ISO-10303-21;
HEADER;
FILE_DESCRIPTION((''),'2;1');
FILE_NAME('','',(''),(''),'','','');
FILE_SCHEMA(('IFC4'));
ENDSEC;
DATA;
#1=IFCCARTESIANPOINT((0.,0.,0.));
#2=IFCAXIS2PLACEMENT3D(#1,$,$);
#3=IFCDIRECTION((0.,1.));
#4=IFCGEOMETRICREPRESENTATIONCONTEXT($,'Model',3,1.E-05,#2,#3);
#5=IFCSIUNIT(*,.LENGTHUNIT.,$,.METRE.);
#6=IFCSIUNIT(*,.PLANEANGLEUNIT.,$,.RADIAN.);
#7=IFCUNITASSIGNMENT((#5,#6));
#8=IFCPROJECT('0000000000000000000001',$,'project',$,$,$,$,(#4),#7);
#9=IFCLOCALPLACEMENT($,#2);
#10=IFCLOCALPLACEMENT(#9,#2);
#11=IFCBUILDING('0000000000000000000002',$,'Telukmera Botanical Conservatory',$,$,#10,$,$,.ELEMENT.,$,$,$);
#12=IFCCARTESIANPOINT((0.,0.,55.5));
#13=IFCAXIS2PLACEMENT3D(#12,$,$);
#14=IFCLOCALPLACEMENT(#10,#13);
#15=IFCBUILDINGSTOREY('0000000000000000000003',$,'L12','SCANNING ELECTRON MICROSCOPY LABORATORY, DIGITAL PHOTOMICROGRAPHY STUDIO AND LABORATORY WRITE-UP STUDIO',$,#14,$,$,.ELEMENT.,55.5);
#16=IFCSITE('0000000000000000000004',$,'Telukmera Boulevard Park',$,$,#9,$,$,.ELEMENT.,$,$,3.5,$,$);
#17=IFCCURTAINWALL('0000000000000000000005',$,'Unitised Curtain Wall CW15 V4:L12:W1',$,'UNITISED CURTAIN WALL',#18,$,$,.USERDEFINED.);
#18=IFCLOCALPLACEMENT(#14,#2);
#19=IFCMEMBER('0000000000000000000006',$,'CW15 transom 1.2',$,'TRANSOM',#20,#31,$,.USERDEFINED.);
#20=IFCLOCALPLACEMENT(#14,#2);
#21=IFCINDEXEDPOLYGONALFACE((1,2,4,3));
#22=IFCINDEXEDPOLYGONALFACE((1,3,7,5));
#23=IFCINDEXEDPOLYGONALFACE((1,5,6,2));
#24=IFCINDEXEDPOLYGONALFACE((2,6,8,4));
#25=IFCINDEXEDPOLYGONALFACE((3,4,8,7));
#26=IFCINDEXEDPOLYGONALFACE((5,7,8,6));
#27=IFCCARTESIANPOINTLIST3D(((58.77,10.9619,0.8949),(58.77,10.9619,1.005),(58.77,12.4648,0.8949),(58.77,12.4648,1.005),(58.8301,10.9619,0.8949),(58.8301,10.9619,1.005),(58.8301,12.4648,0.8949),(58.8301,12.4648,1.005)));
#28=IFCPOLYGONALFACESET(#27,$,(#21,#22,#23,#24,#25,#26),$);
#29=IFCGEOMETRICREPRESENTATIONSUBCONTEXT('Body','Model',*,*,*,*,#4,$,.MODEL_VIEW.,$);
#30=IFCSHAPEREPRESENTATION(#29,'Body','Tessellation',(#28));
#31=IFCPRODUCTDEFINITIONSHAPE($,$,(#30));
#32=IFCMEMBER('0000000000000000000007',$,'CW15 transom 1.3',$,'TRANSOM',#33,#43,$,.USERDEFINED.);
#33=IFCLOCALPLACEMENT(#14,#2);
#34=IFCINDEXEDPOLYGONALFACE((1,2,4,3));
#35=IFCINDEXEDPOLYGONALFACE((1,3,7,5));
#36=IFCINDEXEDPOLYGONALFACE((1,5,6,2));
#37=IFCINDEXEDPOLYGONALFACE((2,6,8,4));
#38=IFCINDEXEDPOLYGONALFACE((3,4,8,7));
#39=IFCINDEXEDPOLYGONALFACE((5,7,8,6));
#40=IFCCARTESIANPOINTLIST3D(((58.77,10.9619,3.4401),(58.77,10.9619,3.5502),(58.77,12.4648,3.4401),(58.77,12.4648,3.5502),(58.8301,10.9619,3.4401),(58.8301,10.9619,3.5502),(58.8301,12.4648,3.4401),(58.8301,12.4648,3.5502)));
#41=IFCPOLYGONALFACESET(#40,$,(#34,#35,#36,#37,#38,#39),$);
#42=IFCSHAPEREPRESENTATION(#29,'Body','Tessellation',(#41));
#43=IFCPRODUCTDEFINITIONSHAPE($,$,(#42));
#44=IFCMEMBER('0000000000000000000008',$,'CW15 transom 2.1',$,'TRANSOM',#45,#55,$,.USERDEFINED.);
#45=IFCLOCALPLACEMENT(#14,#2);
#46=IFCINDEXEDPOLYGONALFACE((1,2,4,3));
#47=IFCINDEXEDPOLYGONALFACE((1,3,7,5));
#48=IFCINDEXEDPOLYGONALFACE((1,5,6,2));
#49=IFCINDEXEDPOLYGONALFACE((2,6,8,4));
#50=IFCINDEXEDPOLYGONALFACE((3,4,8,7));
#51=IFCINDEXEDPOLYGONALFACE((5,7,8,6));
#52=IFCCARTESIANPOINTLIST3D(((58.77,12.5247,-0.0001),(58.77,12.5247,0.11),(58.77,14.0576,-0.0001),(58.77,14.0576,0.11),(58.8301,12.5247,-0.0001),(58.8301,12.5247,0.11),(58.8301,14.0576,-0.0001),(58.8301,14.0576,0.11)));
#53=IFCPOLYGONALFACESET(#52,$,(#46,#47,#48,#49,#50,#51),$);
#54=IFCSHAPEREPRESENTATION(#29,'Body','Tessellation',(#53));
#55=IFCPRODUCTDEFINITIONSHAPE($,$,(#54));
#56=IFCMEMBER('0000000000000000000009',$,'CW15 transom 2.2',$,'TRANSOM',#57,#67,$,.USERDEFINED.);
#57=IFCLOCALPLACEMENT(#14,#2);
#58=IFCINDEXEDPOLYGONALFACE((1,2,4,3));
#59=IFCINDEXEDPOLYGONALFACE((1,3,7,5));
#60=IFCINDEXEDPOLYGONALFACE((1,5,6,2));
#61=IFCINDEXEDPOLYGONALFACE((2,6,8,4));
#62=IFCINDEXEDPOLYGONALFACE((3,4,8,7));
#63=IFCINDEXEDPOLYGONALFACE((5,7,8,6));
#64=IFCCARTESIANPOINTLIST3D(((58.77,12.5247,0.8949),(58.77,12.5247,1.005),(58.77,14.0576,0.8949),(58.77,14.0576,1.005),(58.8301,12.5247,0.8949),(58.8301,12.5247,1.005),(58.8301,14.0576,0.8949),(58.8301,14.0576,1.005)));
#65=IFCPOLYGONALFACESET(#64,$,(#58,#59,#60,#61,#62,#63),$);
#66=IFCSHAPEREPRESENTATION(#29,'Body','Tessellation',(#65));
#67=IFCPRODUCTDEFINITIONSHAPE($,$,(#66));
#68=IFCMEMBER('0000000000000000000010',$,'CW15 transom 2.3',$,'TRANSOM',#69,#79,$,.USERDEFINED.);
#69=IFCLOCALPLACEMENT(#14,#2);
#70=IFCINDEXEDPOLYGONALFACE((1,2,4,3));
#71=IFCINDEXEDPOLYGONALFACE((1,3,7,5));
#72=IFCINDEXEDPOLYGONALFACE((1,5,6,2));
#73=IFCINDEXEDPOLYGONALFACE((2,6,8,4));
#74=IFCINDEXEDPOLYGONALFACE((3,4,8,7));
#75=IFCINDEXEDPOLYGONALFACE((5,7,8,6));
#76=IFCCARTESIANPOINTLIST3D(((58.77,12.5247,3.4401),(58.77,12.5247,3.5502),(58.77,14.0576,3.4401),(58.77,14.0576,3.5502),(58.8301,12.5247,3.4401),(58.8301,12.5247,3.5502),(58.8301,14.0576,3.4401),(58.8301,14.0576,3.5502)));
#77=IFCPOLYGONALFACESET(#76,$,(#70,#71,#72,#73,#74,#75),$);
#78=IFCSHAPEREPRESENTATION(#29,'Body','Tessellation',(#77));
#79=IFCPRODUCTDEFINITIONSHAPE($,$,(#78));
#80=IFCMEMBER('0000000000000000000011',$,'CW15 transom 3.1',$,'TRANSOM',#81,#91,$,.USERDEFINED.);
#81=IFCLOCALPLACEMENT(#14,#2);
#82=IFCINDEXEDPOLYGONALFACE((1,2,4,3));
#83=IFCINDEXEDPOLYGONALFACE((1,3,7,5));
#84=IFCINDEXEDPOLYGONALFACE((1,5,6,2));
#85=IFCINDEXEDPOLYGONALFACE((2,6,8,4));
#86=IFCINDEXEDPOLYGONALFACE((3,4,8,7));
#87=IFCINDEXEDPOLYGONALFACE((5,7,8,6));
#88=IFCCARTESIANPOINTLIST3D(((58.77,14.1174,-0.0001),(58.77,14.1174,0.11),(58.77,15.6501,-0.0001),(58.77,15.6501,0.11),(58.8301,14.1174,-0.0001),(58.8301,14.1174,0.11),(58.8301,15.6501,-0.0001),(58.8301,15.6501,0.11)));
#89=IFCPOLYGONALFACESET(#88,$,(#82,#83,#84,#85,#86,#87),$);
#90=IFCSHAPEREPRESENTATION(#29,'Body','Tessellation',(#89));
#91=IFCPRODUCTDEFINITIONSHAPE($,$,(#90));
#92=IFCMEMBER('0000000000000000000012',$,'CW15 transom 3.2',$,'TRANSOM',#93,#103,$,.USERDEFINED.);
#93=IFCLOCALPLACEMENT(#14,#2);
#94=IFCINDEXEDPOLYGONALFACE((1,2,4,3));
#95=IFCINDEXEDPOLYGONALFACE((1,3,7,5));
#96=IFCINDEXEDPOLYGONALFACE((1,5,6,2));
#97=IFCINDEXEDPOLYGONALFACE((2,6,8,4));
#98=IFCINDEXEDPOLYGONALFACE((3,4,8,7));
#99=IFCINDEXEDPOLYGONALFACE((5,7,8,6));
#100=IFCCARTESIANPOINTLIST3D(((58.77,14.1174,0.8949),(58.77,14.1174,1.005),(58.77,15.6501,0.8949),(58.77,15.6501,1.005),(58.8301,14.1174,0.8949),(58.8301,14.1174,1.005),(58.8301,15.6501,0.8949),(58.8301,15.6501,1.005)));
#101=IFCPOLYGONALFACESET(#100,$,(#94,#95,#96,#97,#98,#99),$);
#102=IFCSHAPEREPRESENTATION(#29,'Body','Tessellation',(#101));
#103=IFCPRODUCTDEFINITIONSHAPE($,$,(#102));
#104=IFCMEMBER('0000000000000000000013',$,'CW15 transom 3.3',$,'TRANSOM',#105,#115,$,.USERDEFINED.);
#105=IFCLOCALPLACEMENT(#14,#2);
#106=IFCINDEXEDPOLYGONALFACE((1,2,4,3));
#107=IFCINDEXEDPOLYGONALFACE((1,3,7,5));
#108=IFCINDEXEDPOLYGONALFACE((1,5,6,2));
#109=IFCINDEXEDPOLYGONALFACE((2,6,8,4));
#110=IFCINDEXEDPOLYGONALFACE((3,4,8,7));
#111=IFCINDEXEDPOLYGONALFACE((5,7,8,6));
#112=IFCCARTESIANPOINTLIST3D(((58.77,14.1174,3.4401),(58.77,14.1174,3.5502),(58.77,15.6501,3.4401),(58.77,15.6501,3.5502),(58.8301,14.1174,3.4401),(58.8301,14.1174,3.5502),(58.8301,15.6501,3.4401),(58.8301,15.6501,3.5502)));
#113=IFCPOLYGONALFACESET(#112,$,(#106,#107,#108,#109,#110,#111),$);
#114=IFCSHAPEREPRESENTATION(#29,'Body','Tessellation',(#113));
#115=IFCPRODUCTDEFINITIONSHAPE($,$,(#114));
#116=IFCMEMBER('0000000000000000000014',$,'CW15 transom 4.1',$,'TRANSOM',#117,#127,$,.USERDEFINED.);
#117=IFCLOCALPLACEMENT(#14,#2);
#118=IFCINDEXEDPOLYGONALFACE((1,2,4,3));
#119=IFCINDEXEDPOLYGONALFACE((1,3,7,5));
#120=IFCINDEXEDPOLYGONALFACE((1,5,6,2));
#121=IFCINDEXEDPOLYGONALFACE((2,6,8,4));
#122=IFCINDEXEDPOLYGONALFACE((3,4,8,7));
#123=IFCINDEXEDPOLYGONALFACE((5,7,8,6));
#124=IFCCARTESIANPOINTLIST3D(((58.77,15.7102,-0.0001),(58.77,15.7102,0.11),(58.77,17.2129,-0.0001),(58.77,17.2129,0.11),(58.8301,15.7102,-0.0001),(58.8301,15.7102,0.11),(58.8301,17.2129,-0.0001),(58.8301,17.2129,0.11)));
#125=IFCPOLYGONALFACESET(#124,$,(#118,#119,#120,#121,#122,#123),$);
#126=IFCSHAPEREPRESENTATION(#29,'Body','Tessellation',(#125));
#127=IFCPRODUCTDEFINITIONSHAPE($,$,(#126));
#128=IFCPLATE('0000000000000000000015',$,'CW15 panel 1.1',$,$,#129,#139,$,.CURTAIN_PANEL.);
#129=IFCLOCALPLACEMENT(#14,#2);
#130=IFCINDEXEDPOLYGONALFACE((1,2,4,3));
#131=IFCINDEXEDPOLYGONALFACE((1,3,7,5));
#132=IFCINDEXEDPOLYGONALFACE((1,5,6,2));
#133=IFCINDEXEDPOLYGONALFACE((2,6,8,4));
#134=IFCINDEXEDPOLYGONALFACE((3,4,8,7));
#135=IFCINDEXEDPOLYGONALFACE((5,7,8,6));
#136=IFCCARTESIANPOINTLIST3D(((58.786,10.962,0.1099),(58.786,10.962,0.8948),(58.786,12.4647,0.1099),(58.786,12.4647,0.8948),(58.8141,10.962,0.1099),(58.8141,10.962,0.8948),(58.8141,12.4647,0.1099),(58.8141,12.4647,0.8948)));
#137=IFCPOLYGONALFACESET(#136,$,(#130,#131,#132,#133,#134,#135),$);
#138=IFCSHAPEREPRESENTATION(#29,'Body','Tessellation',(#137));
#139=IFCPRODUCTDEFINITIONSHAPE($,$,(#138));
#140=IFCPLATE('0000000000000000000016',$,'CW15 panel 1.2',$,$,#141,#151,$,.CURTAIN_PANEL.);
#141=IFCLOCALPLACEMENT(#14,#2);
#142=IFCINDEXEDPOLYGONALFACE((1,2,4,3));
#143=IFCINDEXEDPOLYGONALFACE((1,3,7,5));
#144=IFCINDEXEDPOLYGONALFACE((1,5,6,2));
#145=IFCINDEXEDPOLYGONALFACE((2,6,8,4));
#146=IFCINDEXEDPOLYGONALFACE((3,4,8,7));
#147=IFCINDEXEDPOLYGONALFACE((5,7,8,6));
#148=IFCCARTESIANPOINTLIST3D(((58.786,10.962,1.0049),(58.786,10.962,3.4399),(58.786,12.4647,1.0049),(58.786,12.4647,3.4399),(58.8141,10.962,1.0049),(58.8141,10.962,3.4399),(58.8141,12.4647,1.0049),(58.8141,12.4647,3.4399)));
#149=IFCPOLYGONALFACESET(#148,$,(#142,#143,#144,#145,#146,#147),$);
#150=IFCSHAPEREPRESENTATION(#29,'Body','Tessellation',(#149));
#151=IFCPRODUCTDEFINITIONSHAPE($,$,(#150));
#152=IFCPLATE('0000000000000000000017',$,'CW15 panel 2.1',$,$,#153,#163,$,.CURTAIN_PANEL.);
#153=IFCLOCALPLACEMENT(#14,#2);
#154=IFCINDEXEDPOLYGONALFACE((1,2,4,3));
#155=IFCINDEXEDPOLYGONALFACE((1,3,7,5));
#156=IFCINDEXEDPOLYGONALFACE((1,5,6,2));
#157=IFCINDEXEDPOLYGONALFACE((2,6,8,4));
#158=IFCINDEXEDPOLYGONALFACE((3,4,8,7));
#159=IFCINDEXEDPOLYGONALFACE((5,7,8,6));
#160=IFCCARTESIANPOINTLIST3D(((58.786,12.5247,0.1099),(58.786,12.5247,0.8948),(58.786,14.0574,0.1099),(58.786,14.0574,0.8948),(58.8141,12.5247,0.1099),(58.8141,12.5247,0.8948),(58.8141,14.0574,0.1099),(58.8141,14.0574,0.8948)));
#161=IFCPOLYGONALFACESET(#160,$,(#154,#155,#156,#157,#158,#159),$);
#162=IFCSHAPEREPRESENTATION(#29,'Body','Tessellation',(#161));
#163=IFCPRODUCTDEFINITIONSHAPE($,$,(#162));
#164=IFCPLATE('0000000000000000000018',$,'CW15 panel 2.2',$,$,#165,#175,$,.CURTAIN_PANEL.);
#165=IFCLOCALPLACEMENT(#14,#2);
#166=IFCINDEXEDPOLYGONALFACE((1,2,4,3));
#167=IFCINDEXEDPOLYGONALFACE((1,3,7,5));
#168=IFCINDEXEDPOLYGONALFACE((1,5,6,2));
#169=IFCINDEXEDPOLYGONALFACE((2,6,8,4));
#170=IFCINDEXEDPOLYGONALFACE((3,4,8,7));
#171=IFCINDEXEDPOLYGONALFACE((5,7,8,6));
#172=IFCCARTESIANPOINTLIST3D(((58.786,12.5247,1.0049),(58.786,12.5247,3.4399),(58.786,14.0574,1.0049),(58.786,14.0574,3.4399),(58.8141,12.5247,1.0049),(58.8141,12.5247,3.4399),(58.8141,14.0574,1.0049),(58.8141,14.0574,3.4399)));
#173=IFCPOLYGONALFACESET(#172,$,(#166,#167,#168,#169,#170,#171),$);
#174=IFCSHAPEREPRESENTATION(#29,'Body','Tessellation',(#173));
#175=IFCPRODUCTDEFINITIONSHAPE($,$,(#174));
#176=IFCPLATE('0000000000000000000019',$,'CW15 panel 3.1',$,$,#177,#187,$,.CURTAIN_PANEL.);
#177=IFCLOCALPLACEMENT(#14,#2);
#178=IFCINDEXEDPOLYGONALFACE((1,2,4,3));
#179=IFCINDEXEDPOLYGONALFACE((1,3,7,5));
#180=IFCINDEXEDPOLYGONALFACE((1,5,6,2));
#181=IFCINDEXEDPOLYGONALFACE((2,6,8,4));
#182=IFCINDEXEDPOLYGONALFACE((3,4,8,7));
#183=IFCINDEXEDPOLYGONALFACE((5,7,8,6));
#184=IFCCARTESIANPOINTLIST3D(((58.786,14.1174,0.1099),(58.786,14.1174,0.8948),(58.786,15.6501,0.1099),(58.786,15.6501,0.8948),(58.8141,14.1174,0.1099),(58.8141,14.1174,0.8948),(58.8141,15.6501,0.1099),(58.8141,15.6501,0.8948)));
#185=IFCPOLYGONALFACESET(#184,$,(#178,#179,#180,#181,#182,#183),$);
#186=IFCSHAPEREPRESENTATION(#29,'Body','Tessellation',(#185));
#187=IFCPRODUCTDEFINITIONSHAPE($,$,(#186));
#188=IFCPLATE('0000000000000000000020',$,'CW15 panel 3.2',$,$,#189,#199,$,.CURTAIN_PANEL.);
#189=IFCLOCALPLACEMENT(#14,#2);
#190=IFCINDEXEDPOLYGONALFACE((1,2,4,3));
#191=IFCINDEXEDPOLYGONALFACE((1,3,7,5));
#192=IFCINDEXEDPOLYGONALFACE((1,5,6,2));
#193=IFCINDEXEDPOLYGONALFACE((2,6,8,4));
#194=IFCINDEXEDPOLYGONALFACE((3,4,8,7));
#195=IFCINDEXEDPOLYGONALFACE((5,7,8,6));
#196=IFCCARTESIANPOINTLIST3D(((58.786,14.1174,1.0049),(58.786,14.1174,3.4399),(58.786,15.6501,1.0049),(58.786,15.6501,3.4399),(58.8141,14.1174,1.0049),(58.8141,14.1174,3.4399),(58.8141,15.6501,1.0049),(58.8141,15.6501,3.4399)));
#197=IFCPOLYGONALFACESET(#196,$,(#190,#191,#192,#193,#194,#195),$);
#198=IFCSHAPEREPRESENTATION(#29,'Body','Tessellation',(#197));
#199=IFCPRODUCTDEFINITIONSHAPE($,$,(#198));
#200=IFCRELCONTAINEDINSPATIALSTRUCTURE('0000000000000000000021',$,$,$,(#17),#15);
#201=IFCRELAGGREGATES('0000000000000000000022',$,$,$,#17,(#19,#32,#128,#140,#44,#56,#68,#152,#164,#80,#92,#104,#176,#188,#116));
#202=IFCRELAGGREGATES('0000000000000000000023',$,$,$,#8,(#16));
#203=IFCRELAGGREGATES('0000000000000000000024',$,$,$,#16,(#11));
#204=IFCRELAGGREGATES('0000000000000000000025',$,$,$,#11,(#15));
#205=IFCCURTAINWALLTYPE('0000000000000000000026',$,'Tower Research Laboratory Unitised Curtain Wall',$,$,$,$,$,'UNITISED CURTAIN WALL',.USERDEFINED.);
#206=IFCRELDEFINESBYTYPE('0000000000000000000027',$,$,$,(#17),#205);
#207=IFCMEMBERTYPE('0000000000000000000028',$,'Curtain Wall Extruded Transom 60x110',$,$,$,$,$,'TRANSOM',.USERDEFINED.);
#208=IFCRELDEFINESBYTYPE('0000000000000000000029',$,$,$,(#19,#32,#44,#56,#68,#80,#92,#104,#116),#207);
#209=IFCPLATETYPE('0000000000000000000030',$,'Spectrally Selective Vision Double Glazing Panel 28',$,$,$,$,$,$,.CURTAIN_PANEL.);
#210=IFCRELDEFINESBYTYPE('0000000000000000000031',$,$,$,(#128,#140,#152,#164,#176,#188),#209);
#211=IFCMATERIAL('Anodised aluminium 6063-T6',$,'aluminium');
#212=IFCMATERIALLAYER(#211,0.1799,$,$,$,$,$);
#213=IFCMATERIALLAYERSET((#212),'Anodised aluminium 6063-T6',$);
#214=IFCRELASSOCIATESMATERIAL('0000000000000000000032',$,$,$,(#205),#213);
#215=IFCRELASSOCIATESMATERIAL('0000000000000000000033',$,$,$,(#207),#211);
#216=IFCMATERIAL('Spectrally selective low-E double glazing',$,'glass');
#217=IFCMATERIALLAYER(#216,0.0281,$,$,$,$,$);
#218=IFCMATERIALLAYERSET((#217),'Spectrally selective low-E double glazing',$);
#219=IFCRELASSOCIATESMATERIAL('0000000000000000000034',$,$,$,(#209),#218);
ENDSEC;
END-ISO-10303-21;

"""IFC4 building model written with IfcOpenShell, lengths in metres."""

from ifc_helpers import new_model, si_unit, direction, frame, origin, origin_2d, place, context, subcontext, project, spatial, rectangle, extrude, material, layer, layer_set, material_profile, profile_set, type_object, element, aggregate, save


model = new_model("IFC4")

# Units and contexts
model_context = context("Model", 3, precision=1e-05, world=origin(), true_north=direction((0.0, 1.0)))
body_context = subcontext(model_context, "Body", "Model", "MODEL_VIEW")
ifc_project = project(units=[si_unit("LENGTHUNIT", "METRE"), si_unit("PLANEANGLEUNIT", "RADIAN")], contexts=[model_context])

# Site, building, storey
site_placement = place(None, origin())
site = spatial("IfcSite", under=ifc_project, at=site_placement, Name="Telukmera Boulevard Park", CompositionType="ELEMENT", RefElevation=3.5)
building_placement = place(site_placement, origin())
building = spatial("IfcBuilding", under=site, at=building_placement, Name="Telukmera Botanical Conservatory", CompositionType="ELEMENT")
storey_placement = place(building_placement, frame((0.0, 0.0, 55.5)))
storey = spatial("IfcBuildingStorey", under=building, at=storey_placement, Name="L12", Description="SCANNING ELECTRON MICROSCOPY LABORATORY, DIGITAL PHOTOMICROGRAPHY STUDIO AND LABORATORY WRITE-UP STUDIO", CompositionType="ELEMENT", Elevation=55.5)

# Curtain wall, members, plates
ifc_material_1 = material(Name="Anodised aluminium 6063-T6", Category="aluminium")
ifc_layer_1 = layer(ifc_material_1, 0.1799)
ifc_layer_set_1 = layer_set([ifc_layer_1], Name="Anodised aluminium 6063-T6")
curtain_wall_type = type_object("IfcCurtainWallType", Name="Tower Research Laboratory Unitised Curtain Wall", ElementType="UNITISED CURTAIN WALL", PredefinedType="USERDEFINED", material=ifc_layer_set_1)
curtain_wall_placement = place(storey_placement, origin())
curtain_wall = element("IfcCurtainWall", 1, at=curtain_wall_placement, inside=storey, type_object=curtain_wall_type, Name="Unitised Curtain Wall CW15 V4:L12:W1", ObjectType="UNITISED CURTAIN WALL", PredefinedType="USERDEFINED")
ifc_material_profile_1 = material_profile(ifc_material_1, rectangle(XDim=0.0601, YDim=0.1101, at=origin_2d()), Name="ALU TRAN 60x110")
ifc_profile_set_1 = profile_set([ifc_material_profile_1], Name="Anodised aluminium 6063-T6")
member_type_1 = type_object("IfcMemberType", Name="Curtain Wall Extruded Transom 60x110", ElementType="TRANSOM", PredefinedType="USERDEFINED", material=ifc_profile_set_1)
member_1_placement = place(storey_placement, frame((58.8, 10.9619, 0.95), z_axis=(0.0, 1.0, 0.0), x_axis=(-1.0, 0.0, 0.0)))
member_1 = element("IfcMember", 2, at=member_1_placement, type_object=member_type_1, Name="CW15 transom 1.2", ObjectType="TRANSOM", PredefinedType="USERDEFINED", context=body_context, shape_type="SweptSolid", body=[
    extrude(rectangle(XDim=0.0601, YDim=0.1101, at=origin_2d()), origin(), (0.0, 0.0, 1.0), 1.5029),
])
member_2_placement = place(storey_placement, frame((58.8, 10.9619, 3.4951), z_axis=(0.0, 1.0, 0.0), x_axis=(-1.0, 0.0, 0.0)))
member_2 = element("IfcMember", 3, at=member_2_placement, type_object=member_type_1, Name="CW15 transom 1.3", ObjectType="TRANSOM", PredefinedType="USERDEFINED", context=body_context, shape_type="SweptSolid", body=[
    extrude(rectangle(XDim=0.0601, YDim=0.1101, at=origin_2d()), origin(), (0.0, 0.0, 1.0), 1.5029),
])
member_3_placement = place(storey_placement, frame((58.8, 12.5247, 0.0549), z_axis=(0.0, 1.0, 0.0), x_axis=(-1.0, 0.0, 0.0)))
member_3 = element("IfcMember", 4, at=member_3_placement, type_object=member_type_1, Name="CW15 transom 2.1", ObjectType="TRANSOM", PredefinedType="USERDEFINED", context=body_context, shape_type="SweptSolid", body=[
    extrude(rectangle(XDim=0.0601, YDim=0.1101, at=origin_2d()), origin(), (0.0, 0.0, 1.0), 1.533),
])
member_4_placement = place(storey_placement, frame((58.8, 12.5247, 0.95), z_axis=(0.0, 1.0, 0.0), x_axis=(-1.0, 0.0, 0.0)))
member_4 = element("IfcMember", 5, at=member_4_placement, type_object=member_type_1, Name="CW15 transom 2.2", ObjectType="TRANSOM", PredefinedType="USERDEFINED", context=body_context, shape_type="SweptSolid", body=[
    extrude(rectangle(XDim=0.0601, YDim=0.1101, at=origin_2d()), origin(), (0.0, 0.0, 1.0), 1.533),
])
member_5_placement = place(storey_placement, frame((58.8, 12.5247, 3.4951), z_axis=(0.0, 1.0, 0.0), x_axis=(-1.0, 0.0, 0.0)))
member_5 = element("IfcMember", 6, at=member_5_placement, type_object=member_type_1, Name="CW15 transom 2.3", ObjectType="TRANSOM", PredefinedType="USERDEFINED", context=body_context, shape_type="SweptSolid", body=[
    extrude(rectangle(XDim=0.0601, YDim=0.1101, at=origin_2d()), origin(), (0.0, 0.0, 1.0), 1.533),
])
member_6_placement = place(storey_placement, frame((58.8, 14.1174, 0.0549), z_axis=(0.0, 1.0, 0.0), x_axis=(-1.0, 0.0, 0.0)))
member_6 = element("IfcMember", 7, at=member_6_placement, type_object=member_type_1, Name="CW15 transom 3.1", ObjectType="TRANSOM", PredefinedType="USERDEFINED", context=body_context, shape_type="SweptSolid", body=[
    extrude(rectangle(XDim=0.0601, YDim=0.1101, at=origin_2d()), origin(), (0.0, 0.0, 1.0), 1.5327),
])
member_7_placement = place(storey_placement, frame((58.8, 14.1174, 0.95), z_axis=(0.0, 1.0, 0.0), x_axis=(-1.0, 0.0, 0.0)))
member_7 = element("IfcMember", 8, at=member_7_placement, type_object=member_type_1, Name="CW15 transom 3.2", ObjectType="TRANSOM", PredefinedType="USERDEFINED", context=body_context, shape_type="SweptSolid", body=[
    extrude(rectangle(XDim=0.0601, YDim=0.1101, at=origin_2d()), origin(), (0.0, 0.0, 1.0), 1.5327),
])
member_8_placement = place(storey_placement, frame((58.8, 14.1174, 3.4951), z_axis=(0.0, 1.0, 0.0), x_axis=(-1.0, 0.0, 0.0)))
member_8 = element("IfcMember", 9, at=member_8_placement, type_object=member_type_1, Name="CW15 transom 3.3", ObjectType="TRANSOM", PredefinedType="USERDEFINED", context=body_context, shape_type="SweptSolid", body=[
    extrude(rectangle(XDim=0.0601, YDim=0.1101, at=origin_2d()), origin(), (0.0, 0.0, 1.0), 1.5327),
])
member_9_placement = place(storey_placement, frame((58.8, 15.7102, 0.0549), z_axis=(0.0, 1.0, 0.0), x_axis=(-1.0, 0.0, 0.0)))
member_9 = element("IfcMember", 10, at=member_9_placement, type_object=member_type_1, Name="CW15 transom 4.1", ObjectType="TRANSOM", PredefinedType="USERDEFINED", context=body_context, shape_type="SweptSolid", body=[
    extrude(rectangle(XDim=0.0601, YDim=0.1101, at=origin_2d()), origin(), (0.0, 0.0, 1.0), 1.5027),
])
ifc_material_2 = material(Name="Spectrally selective low-E double glazing", Category="glass")
ifc_layer_2 = layer(ifc_material_2, 0.0281)
ifc_layer_set_2 = layer_set([ifc_layer_2], Name="Spectrally selective low-E double glazing")
plate_type = type_object("IfcPlateType", Name="Spectrally Selective Vision Double Glazing Panel 28", PredefinedType="CURTAIN_PANEL", material=ifc_layer_set_2)
plate_1_placement = place(storey_placement, frame((58.8, 11.7134, 0.1099), z_axis=(0.0, 0.0, 1.0), x_axis=(0.0, 1.0, 0.0)))
plate_1 = element("IfcPlate", 11, at=plate_1_placement, type_object=plate_type, Name="CW15 panel 1.1", PredefinedType="CURTAIN_PANEL", context=body_context, shape_type="SweptSolid", body=[
    extrude(rectangle(XDim=1.5027, YDim=0.0281, at=origin_2d()), origin(), (0.0, 0.0, 1.0), 0.7849),
])
plate_2_placement = place(storey_placement, frame((58.8, 11.7134, 1.0049), z_axis=(0.0, 0.0, 1.0), x_axis=(0.0, 1.0, 0.0)))
plate_2 = element("IfcPlate", 12, at=plate_2_placement, type_object=plate_type, Name="CW15 panel 1.2", PredefinedType="CURTAIN_PANEL", context=body_context, shape_type="SweptSolid", body=[
    extrude(rectangle(XDim=1.5027, YDim=0.0281, at=origin_2d()), origin(), (0.0, 0.0, 1.0), 2.4351),
])
plate_3_placement = place(storey_placement, frame((58.8, 13.291, 0.1099), z_axis=(0.0, 0.0, 1.0), x_axis=(0.0, 1.0, 0.0)))
plate_3 = element("IfcPlate", 13, at=plate_3_placement, type_object=plate_type, Name="CW15 panel 2.1", PredefinedType="CURTAIN_PANEL", context=body_context, shape_type="SweptSolid", body=[
    extrude(rectangle(XDim=1.5327, YDim=0.0281, at=origin_2d()), origin(), (0.0, 0.0, 1.0), 0.7849),
])
plate_4_placement = place(storey_placement, frame((58.8, 13.291, 1.0049), z_axis=(0.0, 0.0, 1.0), x_axis=(0.0, 1.0, 0.0)))
plate_4 = element("IfcPlate", 14, at=plate_4_placement, type_object=plate_type, Name="CW15 panel 2.2", PredefinedType="CURTAIN_PANEL", context=body_context, shape_type="SweptSolid", body=[
    extrude(rectangle(XDim=1.5327, YDim=0.0281, at=origin_2d()), origin(), (0.0, 0.0, 1.0), 2.4351),
])
plate_5_placement = place(storey_placement, frame((58.8, 14.8838, 0.1099), z_axis=(0.0, 0.0, 1.0), x_axis=(0.0, 1.0, 0.0)))
plate_5 = element("IfcPlate", 15, at=plate_5_placement, type_object=plate_type, Name="CW15 panel 3.1", PredefinedType="CURTAIN_PANEL", context=body_context, shape_type="SweptSolid", body=[
    extrude(rectangle(XDim=1.5327, YDim=0.0281, at=origin_2d()), origin(), (0.0, 0.0, 1.0), 0.7849),
])
plate_6_placement = place(storey_placement, frame((58.8, 14.8838, 1.0049), z_axis=(0.0, 0.0, 1.0), x_axis=(0.0, 1.0, 0.0)))
plate_6 = element("IfcPlate", 16, at=plate_6_placement, type_object=plate_type, Name="CW15 panel 3.2", PredefinedType="CURTAIN_PANEL", context=body_context, shape_type="SweptSolid", body=[
    extrude(rectangle(XDim=1.5327, YDim=0.0281, at=origin_2d()), origin(), (0.0, 0.0, 1.0), 2.4351),
])
aggregate(curtain_wall, [member_1, member_2, plate_1, plate_2, member_3, member_4, member_5, plate_3, plate_4, member_6, member_7, member_8, plate_5, plate_6, member_9])

save(model, "model.ifc")
